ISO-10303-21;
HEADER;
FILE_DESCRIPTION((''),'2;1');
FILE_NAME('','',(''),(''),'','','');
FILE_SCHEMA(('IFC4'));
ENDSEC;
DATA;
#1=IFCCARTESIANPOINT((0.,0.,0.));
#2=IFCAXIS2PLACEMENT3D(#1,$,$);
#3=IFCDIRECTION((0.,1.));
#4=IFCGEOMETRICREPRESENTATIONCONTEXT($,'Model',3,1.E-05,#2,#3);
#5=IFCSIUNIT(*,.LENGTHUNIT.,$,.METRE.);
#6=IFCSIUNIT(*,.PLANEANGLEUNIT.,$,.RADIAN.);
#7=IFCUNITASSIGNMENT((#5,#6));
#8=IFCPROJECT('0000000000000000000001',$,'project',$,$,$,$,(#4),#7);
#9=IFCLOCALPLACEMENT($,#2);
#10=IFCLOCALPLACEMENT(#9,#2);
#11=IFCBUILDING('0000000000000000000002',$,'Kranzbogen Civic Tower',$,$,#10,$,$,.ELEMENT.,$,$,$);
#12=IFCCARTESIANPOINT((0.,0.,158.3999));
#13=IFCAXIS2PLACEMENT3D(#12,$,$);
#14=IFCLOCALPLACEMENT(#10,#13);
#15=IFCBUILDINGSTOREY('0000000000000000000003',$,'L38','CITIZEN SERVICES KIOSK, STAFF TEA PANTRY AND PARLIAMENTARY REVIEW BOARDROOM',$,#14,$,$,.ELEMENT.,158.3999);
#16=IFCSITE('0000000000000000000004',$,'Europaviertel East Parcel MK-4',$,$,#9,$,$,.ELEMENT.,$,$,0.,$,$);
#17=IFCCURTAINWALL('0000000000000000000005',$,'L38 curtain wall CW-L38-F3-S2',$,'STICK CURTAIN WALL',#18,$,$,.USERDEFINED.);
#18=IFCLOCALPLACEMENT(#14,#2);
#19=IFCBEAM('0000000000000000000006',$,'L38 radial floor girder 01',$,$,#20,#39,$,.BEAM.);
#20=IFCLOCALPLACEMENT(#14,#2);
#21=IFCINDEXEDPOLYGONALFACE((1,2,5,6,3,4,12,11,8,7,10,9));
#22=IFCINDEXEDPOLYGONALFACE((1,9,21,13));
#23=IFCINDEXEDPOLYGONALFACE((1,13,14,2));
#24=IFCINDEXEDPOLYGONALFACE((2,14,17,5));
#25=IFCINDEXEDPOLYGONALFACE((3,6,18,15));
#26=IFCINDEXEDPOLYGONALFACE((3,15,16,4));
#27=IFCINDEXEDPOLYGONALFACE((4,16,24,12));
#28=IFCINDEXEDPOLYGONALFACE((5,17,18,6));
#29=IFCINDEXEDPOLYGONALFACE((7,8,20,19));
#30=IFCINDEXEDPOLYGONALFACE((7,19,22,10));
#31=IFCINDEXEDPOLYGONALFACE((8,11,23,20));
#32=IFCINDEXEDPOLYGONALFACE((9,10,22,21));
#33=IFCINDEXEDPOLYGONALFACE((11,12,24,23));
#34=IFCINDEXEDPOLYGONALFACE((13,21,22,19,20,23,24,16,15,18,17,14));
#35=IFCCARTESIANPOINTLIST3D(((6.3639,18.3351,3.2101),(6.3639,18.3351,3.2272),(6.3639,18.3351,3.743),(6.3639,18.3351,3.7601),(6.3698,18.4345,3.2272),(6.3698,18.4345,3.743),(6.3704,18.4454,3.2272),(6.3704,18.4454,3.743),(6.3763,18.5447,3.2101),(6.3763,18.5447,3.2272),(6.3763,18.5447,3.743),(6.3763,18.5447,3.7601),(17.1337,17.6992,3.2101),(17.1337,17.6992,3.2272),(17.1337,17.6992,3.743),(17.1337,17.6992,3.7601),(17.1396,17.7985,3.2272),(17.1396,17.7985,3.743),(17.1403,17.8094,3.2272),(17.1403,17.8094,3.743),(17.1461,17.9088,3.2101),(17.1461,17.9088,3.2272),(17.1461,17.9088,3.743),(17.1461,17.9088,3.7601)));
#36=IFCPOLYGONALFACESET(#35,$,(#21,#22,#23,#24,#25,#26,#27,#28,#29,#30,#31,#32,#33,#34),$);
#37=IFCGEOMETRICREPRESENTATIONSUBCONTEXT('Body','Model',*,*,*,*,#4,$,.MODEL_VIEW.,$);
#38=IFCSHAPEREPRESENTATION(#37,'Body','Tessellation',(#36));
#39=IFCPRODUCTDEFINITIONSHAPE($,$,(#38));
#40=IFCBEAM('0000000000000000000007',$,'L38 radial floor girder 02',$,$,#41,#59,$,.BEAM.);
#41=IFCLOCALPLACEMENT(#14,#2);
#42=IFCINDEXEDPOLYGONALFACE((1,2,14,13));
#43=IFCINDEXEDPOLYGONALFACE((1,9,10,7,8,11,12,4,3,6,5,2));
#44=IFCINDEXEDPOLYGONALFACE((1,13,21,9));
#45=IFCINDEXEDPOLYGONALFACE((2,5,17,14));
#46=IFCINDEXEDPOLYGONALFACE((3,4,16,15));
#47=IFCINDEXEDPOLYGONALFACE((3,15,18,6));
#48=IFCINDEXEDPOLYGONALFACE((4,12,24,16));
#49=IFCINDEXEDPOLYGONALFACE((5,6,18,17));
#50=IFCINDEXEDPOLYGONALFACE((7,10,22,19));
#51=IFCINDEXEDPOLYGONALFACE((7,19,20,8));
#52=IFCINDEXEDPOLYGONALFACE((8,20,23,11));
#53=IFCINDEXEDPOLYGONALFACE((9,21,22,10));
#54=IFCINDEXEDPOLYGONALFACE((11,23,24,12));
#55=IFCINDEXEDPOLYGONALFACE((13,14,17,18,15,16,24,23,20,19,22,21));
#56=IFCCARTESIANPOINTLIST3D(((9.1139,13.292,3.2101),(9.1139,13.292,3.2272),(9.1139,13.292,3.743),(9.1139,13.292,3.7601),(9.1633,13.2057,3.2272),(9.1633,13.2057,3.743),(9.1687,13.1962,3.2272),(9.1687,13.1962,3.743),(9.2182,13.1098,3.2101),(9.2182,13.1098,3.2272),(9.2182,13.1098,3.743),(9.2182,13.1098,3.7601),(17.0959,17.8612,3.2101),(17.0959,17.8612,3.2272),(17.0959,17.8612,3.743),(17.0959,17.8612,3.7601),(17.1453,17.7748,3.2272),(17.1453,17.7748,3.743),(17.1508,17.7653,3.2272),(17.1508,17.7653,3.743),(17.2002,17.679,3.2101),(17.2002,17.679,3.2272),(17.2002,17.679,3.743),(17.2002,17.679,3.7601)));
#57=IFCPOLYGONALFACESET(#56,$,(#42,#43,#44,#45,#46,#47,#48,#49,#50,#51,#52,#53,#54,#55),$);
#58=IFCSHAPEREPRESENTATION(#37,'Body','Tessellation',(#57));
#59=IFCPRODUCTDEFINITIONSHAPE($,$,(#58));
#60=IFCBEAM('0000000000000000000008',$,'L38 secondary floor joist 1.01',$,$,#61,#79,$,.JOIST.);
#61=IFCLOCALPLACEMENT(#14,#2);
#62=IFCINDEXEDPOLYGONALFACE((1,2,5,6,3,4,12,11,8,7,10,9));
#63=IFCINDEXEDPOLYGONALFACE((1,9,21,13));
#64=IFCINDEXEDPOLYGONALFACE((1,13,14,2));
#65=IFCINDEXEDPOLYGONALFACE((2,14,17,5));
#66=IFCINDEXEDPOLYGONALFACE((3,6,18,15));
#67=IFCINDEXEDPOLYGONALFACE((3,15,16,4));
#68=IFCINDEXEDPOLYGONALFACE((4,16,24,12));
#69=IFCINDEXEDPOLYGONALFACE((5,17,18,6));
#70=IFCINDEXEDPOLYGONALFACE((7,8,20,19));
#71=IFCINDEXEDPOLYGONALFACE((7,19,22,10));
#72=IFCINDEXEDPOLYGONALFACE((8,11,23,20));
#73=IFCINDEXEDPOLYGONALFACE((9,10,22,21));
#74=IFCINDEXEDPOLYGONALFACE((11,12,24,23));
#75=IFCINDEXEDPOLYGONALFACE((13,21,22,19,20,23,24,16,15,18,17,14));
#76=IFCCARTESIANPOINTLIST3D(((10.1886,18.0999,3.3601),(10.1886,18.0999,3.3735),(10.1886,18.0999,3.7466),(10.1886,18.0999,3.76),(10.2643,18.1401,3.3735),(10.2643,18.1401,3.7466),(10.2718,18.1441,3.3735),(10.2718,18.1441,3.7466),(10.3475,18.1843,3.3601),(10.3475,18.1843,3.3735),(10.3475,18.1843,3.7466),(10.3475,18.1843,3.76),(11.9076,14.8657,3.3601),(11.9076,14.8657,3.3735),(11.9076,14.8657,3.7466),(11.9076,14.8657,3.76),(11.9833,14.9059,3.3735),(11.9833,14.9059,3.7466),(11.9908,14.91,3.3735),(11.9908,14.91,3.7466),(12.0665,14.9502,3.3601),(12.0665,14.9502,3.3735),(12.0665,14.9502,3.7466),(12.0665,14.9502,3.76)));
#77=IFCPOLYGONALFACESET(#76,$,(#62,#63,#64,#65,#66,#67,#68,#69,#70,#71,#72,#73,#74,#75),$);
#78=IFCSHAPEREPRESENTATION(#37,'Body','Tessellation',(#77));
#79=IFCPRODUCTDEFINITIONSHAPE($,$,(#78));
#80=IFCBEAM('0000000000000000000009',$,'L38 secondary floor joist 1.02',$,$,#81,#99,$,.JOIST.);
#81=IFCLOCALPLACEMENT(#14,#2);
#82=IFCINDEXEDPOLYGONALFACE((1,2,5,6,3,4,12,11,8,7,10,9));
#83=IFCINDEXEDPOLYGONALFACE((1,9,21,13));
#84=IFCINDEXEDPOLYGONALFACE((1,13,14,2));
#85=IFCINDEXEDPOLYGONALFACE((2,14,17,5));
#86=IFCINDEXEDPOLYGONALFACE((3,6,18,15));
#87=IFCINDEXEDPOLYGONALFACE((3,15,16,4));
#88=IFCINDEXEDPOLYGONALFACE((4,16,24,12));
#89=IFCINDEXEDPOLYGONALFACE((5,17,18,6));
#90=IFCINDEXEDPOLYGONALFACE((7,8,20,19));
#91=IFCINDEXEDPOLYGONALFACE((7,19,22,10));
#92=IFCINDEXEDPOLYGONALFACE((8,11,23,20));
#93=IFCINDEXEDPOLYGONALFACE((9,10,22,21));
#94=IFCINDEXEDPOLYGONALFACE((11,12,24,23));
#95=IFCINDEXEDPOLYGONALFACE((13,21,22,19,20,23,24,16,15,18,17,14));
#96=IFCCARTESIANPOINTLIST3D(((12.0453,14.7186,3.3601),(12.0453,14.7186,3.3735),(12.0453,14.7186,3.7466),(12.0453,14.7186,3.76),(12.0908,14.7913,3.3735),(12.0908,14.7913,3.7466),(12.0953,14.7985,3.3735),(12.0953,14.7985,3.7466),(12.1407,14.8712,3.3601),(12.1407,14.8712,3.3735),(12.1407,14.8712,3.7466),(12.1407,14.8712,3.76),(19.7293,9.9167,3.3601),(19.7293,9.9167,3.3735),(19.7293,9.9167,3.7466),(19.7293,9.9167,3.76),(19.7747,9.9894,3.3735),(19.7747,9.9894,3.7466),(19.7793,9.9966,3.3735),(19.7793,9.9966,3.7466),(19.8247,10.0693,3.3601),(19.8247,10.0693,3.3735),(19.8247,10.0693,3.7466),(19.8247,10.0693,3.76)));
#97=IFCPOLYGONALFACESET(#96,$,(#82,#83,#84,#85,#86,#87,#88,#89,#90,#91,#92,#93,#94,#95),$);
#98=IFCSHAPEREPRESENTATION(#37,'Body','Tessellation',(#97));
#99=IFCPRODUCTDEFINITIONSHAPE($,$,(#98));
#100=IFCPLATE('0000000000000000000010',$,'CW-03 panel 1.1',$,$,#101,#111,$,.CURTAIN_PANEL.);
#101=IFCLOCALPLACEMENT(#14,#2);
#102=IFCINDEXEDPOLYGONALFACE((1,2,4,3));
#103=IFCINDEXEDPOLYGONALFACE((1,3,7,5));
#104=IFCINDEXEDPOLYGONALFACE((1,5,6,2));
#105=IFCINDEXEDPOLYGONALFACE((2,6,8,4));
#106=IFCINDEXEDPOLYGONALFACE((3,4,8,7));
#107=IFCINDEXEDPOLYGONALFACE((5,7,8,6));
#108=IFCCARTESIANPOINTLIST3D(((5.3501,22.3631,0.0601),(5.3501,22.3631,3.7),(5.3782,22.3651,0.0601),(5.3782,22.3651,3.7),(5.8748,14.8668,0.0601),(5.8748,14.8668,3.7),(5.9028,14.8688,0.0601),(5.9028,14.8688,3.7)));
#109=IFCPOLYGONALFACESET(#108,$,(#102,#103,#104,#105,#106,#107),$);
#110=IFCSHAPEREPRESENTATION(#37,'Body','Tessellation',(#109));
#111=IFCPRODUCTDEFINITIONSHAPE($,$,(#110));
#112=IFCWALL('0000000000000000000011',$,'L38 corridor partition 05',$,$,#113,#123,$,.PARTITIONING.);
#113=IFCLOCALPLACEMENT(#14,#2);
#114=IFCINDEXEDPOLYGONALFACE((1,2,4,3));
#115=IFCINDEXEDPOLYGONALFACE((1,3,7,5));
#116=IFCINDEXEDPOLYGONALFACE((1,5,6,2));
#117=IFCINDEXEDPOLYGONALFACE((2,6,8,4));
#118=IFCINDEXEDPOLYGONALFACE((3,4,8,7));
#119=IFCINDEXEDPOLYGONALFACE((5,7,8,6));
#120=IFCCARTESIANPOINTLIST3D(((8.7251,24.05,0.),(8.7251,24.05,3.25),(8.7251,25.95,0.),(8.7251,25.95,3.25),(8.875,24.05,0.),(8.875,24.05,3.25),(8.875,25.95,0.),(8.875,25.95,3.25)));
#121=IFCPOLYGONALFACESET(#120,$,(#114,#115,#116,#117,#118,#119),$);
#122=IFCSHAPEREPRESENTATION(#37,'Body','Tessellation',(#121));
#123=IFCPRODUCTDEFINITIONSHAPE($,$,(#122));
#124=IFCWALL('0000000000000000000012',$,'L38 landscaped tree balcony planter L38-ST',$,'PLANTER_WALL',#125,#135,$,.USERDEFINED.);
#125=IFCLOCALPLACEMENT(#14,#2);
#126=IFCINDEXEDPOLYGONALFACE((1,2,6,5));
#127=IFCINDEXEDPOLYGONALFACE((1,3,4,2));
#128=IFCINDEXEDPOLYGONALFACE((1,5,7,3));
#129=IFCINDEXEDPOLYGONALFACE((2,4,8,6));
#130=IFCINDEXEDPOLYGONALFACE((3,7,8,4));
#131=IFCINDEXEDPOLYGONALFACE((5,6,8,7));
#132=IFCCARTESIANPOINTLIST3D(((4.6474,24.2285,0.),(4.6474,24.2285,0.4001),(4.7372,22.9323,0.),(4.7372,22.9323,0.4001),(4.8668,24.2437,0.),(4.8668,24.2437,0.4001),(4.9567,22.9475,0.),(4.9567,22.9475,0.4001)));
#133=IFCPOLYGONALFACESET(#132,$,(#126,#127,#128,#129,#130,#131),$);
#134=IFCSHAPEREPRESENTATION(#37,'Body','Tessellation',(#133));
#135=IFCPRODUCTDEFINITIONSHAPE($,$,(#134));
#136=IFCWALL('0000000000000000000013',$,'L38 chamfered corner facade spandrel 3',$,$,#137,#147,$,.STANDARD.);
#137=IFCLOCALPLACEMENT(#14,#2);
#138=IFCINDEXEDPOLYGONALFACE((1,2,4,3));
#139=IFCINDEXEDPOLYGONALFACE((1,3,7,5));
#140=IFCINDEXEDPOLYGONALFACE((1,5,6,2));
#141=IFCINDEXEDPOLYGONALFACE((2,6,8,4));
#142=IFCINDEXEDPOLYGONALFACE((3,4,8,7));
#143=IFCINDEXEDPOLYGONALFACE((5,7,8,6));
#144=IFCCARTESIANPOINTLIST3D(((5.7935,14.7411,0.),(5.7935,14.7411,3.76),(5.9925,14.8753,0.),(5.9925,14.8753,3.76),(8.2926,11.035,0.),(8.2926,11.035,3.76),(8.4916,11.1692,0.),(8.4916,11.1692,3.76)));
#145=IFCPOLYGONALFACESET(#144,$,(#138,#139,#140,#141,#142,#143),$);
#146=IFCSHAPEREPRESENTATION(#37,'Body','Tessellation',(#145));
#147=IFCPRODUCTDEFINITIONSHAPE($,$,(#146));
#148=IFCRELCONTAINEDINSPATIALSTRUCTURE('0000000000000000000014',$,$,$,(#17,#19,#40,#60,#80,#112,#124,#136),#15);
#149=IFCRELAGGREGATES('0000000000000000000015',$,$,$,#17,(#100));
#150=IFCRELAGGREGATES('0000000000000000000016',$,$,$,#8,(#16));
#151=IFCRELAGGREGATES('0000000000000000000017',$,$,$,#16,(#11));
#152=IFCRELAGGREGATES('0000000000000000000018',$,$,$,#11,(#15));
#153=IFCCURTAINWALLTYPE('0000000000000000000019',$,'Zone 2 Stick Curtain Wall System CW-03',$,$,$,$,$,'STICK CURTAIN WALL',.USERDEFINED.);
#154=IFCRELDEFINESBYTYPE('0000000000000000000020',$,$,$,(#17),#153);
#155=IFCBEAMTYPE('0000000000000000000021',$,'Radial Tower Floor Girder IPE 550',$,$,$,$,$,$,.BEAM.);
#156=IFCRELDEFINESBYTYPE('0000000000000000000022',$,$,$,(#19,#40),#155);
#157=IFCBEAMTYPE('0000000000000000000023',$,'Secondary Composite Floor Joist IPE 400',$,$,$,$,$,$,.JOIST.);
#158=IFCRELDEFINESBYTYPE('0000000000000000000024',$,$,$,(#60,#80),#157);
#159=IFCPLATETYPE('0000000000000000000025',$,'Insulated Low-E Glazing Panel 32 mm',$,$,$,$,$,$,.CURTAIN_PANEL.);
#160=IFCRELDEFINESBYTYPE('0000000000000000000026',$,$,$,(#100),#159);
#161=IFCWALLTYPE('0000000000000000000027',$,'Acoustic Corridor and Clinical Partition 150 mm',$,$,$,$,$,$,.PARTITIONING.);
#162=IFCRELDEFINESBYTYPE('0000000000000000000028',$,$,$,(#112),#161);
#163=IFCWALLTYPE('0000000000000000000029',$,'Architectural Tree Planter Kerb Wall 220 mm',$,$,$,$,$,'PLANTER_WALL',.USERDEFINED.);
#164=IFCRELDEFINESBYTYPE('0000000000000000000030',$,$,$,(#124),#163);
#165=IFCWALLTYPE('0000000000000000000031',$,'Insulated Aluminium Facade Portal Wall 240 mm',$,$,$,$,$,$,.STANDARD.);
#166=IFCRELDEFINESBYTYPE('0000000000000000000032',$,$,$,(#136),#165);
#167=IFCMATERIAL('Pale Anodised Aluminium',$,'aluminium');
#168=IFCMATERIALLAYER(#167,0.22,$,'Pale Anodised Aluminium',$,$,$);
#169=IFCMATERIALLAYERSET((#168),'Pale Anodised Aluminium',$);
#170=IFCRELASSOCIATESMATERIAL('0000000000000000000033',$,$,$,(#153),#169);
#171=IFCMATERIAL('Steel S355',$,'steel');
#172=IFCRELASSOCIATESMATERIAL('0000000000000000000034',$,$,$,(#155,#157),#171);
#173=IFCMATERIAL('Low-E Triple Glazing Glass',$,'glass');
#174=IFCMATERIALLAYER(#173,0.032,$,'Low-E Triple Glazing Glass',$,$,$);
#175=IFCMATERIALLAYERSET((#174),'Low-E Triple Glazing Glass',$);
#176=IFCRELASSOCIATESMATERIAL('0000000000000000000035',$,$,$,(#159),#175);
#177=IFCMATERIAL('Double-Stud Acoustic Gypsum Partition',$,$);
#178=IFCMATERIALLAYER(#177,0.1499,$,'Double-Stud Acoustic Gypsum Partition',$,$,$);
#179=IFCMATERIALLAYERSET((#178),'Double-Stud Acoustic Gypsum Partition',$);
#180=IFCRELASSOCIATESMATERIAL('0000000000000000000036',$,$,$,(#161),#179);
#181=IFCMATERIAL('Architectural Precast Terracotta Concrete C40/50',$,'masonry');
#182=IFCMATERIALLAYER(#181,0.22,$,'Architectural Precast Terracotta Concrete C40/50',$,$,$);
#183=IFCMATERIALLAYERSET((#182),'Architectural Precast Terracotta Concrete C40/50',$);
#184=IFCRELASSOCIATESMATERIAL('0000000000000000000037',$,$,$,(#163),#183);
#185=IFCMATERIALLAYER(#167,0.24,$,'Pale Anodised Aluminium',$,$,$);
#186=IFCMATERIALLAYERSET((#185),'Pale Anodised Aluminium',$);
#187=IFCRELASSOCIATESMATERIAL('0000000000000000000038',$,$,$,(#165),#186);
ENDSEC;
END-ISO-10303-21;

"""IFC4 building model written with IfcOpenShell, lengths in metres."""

from ifc_helpers import new_model, si_unit, direction, frame, frame_2d, origin, origin_2d, place, context, subcontext, project, spatial, rectangle, i_section, extrude, material, layer, layer_set, material_profile, profile_set, type_object, element, aggregate, save


model = new_model("IFC4")

# Units and contexts
model_context = context("Model", 3, precision=1e-05, world=origin(), true_north=direction((0.0, 1.0)))
body_context = subcontext(model_context, "Body", "Model", "MODEL_VIEW")
ifc_project = project(units=[si_unit("LENGTHUNIT", "METRE"), si_unit("PLANEANGLEUNIT", "RADIAN")], contexts=[model_context])

# Site, building, storey
site_placement = place(None, origin())
site = spatial("IfcSite", under=ifc_project, at=site_placement, Name="Europaviertel East Parcel MK-4", CompositionType="ELEMENT", RefElevation=0.0)
building_placement = place(site_placement, origin())
building = spatial("IfcBuilding", under=site, at=building_placement, Name="Kranzbogen Civic Tower", CompositionType="ELEMENT")
storey_placement = place(building_placement, frame((0.0, 0.0, 158.3999)))
storey = spatial("IfcBuildingStorey", under=building, at=storey_placement, Name="L38", Description="CITIZEN SERVICES KIOSK, STAFF TEA PANTRY AND PARLIAMENTARY REVIEW BOARDROOM", CompositionType="ELEMENT", Elevation=158.3999)

# Shared definitions
ifc_material_1 = material(Name="Steel S355", Category="steel")

# Curtain wall
ifc_material_2 = material(Name="Pale Anodised Aluminium", Category="aluminium")
ifc_layer_1 = layer(ifc_material_2, 0.22, Name="Pale Anodised Aluminium")
ifc_layer_set_1 = layer_set([ifc_layer_1], Name="Pale Anodised Aluminium")
curtain_wall_type = type_object("IfcCurtainWallType", Name="Zone 2 Stick Curtain Wall System CW-03", ElementType="STICK CURTAIN WALL", PredefinedType="USERDEFINED", material=ifc_layer_set_1)
curtain_wall_1_placement = place(storey_placement, origin())
curtain_wall_1 = element("IfcCurtainWall", 1, at=curtain_wall_1_placement, inside=storey, type_object=curtain_wall_type, Name="L38 curtain wall CW-L38-F3-S2", ObjectType="STICK CURTAIN WALL", PredefinedType="USERDEFINED")

# Beams
ifc_material_profile_1 = material_profile(ifc_material_1, i_section(OverallWidth=0.21, OverallDepth=0.55, WebThickness=0.011, FlangeThickness=0.0171, at=origin_2d()), Name="IPE 550")
ifc_profile_set_1 = profile_set([ifc_material_profile_1], Name="Steel S355")
beam_type_1 = type_object("IfcBeamType", Name="Radial Tower Floor Girder IPE 550", PredefinedType="BEAM", material=ifc_profile_set_1)
beam_1_placement = place(storey_placement, frame((6.3701, 18.4399, 3.4851), z_axis=(0.998261, -0.05895, 0.0), x_axis=(0.05895, 0.998261, 0.0)))
element("IfcBeam", 2, at=beam_1_placement, inside=storey, type_object=beam_type_1, Name="L38 radial floor girder 01", PredefinedType="BEAM", context=body_context, shape_type="SweptSolid", body=[
    extrude(i_section(OverallWidth=0.21, OverallDepth=0.55, WebThickness=0.011, FlangeThickness=0.0171, at=origin_2d()), origin(), (0.0, 0.0, 1.0), 10.7886),
])
beam_2_placement = place(storey_placement, frame((9.166, 13.2009, 3.4851), z_axis=(0.867869, 0.496793, 0.0), x_axis=(-0.496793, 0.867869, 0.0)))
element("IfcBeam", 3, at=beam_2_placement, inside=storey, type_object=beam_type_1, Name="L38 radial floor girder 02", PredefinedType="BEAM", context=body_context, shape_type="SweptSolid", body=[
    extrude(i_section(OverallWidth=0.21, OverallDepth=0.55, WebThickness=0.011, FlangeThickness=0.0171, at=origin_2d()), origin(), (0.0, 0.0, 1.0), 9.1973),
])
ifc_material_profile_2 = material_profile(ifc_material_1, i_section(OverallWidth=0.1799, OverallDepth=0.3999, WebThickness=0.0085, FlangeThickness=0.0134, at=origin_2d()), Name="IPE 400")
ifc_profile_set_2 = profile_set([ifc_material_profile_2], Name="Steel S355")
beam_type_2 = type_object("IfcBeamType", Name="Secondary Composite Floor Joist IPE 400", PredefinedType="JOIST", material=ifc_profile_set_2)
beam_3_placement = place(storey_placement, frame((10.2681, 18.1421, 3.5601), z_axis=(0.469339, -0.883018, 0.0), x_axis=(0.883018, 0.469339, 0.0)))
element("IfcBeam", 4, at=beam_3_placement, inside=storey, type_object=beam_type_2, Name="L38 secondary floor joist 1.01", PredefinedType="JOIST", context=body_context, shape_type="SweptSolid", body=[
    extrude(i_section(OverallWidth=0.1799, OverallDepth=0.3999, WebThickness=0.0085, FlangeThickness=0.0134, at=origin_2d()), origin(), (0.0, 0.0, 1.0), 3.6626),
])
beam_4_placement = place(storey_placement, frame((12.093, 14.7949, 3.5601), z_axis=(0.848026, -0.529955, 0.0), x_axis=(0.529955, 0.848026, 0.0)))
element("IfcBeam", 5, at=beam_4_placement, inside=storey, type_object=beam_type_2, Name="L38 secondary floor joist 1.02", PredefinedType="JOIST", context=body_context, shape_type="SweptSolid", body=[
    extrude(i_section(OverallWidth=0.1799, OverallDepth=0.3999, WebThickness=0.0085, FlangeThickness=0.0134, at=origin_2d()), origin(), (0.0, 0.0, 1.0), 9.061),
])

# Plate
ifc_material_3 = material(Name="Low-E Triple Glazing Glass", Category="glass")
ifc_layer_2 = layer(ifc_material_3, 0.032, Name="Low-E Triple Glazing Glass")
ifc_layer_set_2 = layer_set([ifc_layer_2], Name="Low-E Triple Glazing Glass")
plate_type = type_object("IfcPlateType", Name="Insulated Low-E Glazing Panel 32 mm", PredefinedType="CURTAIN_PANEL", material=ifc_layer_set_2)
plate_placement = place(storey_placement, frame((5.6265, 18.616, 0.0601), z_axis=(0.0, 0.0, 1.0), x_axis=(0.069813, -0.99756, 0.0)))
plate = element("IfcPlate", 6, at=plate_placement, type_object=plate_type, Name="CW-03 panel 1.1", PredefinedType="CURTAIN_PANEL", context=body_context, shape_type="SweptSolid", body=[
    extrude(rectangle(XDim=7.5146, YDim=0.0281, at=origin_2d()), origin(), (0.0, 0.0, 1.0), 3.6399),
])
aggregate(curtain_wall_1, [plate])

# Walls
ifc_material_4 = material(Name="Double-Stud Acoustic Gypsum Partition")
ifc_layer_3 = layer(ifc_material_4, 0.1499, Name="Double-Stud Acoustic Gypsum Partition")
ifc_layer_set_3 = layer_set([ifc_layer_3], Name="Double-Stud Acoustic Gypsum Partition")
wall_type_1 = type_object("IfcWallType", Name="Acoustic Corridor and Clinical Partition 150 mm", PredefinedType="PARTITIONING", material=ifc_layer_set_3)
wall_1_placement = place(storey_placement, frame((8.8, 24.05, 0.0), z_axis=(0.0, 0.0, 1.0), x_axis=(0.0, 1.0, 0.0)))
element("IfcWall", 7, at=wall_1_placement, inside=storey, type_object=wall_type_1, Name="L38 corridor partition 05", PredefinedType="PARTITIONING", context=body_context, shape_type="SweptSolid", body=[
    extrude(rectangle(XDim=1.8999, YDim=0.1499, at=frame_2d((0.95, 0.0))), origin(), (0.0, 0.0, 1.0), 3.25),
])
ifc_material_5 = material(Name="Architectural Precast Terracotta Concrete C40/50", Category="masonry")
ifc_layer_4 = layer(ifc_material_5, 0.22, Name="Architectural Precast Terracotta Concrete C40/50")
ifc_layer_set_4 = layer_set([ifc_layer_4], Name="Architectural Precast Terracotta Concrete C40/50")
wall_type_2 = type_object("IfcWallType", Name="Architectural Tree Planter Kerb Wall 220 mm", ElementType="PLANTER_WALL", PredefinedType="USERDEFINED", material=ifc_layer_set_4)
wall_2_placement = place(storey_placement, frame((4.7571, 24.2361, 0.0), z_axis=(0.0, 0.0, 1.0), x_axis=(0.06915, -0.997606, 0.0)))
element("IfcWall", 8, at=wall_2_placement, inside=storey, type_object=wall_type_2, Name="L38 landscaped tree balcony planter L38-ST", ObjectType="PLANTER_WALL", PredefinedType="USERDEFINED", context=body_context, shape_type="SweptSolid", body=[
    extrude(rectangle(XDim=1.2993, YDim=0.22, at=frame_2d((0.6497, 0.0))), origin(), (0.0, 0.0, 1.0), 0.4001),
])
ifc_layer_5 = layer(ifc_material_2, 0.24, Name="Pale Anodised Aluminium")
ifc_layer_set_5 = layer_set([ifc_layer_5], Name="Pale Anodised Aluminium")
wall_type_3 = type_object("IfcWallType", Name="Insulated Aluminium Facade Portal Wall 240 mm", PredefinedType="STANDARD", material=ifc_layer_set_5)
wall_3_placement = place(storey_placement, frame((5.8931, 14.8081, 0.0), z_axis=(0.0, 0.0, 1.0), x_axis=(0.559079, -0.829115, 0.0)))
element("IfcWall", 9, at=wall_3_placement, inside=storey, type_object=wall_type_3, Name="L38 chamfered corner facade spandrel 3", PredefinedType="STANDARD", context=body_context, shape_type="SweptSolid", body=[
    extrude(rectangle(XDim=4.47, YDim=0.24, at=frame_2d((2.2349, 0.0))), origin(), (0.0, 0.0, 1.0), 3.76),
])

save(model, "model.ifc")
